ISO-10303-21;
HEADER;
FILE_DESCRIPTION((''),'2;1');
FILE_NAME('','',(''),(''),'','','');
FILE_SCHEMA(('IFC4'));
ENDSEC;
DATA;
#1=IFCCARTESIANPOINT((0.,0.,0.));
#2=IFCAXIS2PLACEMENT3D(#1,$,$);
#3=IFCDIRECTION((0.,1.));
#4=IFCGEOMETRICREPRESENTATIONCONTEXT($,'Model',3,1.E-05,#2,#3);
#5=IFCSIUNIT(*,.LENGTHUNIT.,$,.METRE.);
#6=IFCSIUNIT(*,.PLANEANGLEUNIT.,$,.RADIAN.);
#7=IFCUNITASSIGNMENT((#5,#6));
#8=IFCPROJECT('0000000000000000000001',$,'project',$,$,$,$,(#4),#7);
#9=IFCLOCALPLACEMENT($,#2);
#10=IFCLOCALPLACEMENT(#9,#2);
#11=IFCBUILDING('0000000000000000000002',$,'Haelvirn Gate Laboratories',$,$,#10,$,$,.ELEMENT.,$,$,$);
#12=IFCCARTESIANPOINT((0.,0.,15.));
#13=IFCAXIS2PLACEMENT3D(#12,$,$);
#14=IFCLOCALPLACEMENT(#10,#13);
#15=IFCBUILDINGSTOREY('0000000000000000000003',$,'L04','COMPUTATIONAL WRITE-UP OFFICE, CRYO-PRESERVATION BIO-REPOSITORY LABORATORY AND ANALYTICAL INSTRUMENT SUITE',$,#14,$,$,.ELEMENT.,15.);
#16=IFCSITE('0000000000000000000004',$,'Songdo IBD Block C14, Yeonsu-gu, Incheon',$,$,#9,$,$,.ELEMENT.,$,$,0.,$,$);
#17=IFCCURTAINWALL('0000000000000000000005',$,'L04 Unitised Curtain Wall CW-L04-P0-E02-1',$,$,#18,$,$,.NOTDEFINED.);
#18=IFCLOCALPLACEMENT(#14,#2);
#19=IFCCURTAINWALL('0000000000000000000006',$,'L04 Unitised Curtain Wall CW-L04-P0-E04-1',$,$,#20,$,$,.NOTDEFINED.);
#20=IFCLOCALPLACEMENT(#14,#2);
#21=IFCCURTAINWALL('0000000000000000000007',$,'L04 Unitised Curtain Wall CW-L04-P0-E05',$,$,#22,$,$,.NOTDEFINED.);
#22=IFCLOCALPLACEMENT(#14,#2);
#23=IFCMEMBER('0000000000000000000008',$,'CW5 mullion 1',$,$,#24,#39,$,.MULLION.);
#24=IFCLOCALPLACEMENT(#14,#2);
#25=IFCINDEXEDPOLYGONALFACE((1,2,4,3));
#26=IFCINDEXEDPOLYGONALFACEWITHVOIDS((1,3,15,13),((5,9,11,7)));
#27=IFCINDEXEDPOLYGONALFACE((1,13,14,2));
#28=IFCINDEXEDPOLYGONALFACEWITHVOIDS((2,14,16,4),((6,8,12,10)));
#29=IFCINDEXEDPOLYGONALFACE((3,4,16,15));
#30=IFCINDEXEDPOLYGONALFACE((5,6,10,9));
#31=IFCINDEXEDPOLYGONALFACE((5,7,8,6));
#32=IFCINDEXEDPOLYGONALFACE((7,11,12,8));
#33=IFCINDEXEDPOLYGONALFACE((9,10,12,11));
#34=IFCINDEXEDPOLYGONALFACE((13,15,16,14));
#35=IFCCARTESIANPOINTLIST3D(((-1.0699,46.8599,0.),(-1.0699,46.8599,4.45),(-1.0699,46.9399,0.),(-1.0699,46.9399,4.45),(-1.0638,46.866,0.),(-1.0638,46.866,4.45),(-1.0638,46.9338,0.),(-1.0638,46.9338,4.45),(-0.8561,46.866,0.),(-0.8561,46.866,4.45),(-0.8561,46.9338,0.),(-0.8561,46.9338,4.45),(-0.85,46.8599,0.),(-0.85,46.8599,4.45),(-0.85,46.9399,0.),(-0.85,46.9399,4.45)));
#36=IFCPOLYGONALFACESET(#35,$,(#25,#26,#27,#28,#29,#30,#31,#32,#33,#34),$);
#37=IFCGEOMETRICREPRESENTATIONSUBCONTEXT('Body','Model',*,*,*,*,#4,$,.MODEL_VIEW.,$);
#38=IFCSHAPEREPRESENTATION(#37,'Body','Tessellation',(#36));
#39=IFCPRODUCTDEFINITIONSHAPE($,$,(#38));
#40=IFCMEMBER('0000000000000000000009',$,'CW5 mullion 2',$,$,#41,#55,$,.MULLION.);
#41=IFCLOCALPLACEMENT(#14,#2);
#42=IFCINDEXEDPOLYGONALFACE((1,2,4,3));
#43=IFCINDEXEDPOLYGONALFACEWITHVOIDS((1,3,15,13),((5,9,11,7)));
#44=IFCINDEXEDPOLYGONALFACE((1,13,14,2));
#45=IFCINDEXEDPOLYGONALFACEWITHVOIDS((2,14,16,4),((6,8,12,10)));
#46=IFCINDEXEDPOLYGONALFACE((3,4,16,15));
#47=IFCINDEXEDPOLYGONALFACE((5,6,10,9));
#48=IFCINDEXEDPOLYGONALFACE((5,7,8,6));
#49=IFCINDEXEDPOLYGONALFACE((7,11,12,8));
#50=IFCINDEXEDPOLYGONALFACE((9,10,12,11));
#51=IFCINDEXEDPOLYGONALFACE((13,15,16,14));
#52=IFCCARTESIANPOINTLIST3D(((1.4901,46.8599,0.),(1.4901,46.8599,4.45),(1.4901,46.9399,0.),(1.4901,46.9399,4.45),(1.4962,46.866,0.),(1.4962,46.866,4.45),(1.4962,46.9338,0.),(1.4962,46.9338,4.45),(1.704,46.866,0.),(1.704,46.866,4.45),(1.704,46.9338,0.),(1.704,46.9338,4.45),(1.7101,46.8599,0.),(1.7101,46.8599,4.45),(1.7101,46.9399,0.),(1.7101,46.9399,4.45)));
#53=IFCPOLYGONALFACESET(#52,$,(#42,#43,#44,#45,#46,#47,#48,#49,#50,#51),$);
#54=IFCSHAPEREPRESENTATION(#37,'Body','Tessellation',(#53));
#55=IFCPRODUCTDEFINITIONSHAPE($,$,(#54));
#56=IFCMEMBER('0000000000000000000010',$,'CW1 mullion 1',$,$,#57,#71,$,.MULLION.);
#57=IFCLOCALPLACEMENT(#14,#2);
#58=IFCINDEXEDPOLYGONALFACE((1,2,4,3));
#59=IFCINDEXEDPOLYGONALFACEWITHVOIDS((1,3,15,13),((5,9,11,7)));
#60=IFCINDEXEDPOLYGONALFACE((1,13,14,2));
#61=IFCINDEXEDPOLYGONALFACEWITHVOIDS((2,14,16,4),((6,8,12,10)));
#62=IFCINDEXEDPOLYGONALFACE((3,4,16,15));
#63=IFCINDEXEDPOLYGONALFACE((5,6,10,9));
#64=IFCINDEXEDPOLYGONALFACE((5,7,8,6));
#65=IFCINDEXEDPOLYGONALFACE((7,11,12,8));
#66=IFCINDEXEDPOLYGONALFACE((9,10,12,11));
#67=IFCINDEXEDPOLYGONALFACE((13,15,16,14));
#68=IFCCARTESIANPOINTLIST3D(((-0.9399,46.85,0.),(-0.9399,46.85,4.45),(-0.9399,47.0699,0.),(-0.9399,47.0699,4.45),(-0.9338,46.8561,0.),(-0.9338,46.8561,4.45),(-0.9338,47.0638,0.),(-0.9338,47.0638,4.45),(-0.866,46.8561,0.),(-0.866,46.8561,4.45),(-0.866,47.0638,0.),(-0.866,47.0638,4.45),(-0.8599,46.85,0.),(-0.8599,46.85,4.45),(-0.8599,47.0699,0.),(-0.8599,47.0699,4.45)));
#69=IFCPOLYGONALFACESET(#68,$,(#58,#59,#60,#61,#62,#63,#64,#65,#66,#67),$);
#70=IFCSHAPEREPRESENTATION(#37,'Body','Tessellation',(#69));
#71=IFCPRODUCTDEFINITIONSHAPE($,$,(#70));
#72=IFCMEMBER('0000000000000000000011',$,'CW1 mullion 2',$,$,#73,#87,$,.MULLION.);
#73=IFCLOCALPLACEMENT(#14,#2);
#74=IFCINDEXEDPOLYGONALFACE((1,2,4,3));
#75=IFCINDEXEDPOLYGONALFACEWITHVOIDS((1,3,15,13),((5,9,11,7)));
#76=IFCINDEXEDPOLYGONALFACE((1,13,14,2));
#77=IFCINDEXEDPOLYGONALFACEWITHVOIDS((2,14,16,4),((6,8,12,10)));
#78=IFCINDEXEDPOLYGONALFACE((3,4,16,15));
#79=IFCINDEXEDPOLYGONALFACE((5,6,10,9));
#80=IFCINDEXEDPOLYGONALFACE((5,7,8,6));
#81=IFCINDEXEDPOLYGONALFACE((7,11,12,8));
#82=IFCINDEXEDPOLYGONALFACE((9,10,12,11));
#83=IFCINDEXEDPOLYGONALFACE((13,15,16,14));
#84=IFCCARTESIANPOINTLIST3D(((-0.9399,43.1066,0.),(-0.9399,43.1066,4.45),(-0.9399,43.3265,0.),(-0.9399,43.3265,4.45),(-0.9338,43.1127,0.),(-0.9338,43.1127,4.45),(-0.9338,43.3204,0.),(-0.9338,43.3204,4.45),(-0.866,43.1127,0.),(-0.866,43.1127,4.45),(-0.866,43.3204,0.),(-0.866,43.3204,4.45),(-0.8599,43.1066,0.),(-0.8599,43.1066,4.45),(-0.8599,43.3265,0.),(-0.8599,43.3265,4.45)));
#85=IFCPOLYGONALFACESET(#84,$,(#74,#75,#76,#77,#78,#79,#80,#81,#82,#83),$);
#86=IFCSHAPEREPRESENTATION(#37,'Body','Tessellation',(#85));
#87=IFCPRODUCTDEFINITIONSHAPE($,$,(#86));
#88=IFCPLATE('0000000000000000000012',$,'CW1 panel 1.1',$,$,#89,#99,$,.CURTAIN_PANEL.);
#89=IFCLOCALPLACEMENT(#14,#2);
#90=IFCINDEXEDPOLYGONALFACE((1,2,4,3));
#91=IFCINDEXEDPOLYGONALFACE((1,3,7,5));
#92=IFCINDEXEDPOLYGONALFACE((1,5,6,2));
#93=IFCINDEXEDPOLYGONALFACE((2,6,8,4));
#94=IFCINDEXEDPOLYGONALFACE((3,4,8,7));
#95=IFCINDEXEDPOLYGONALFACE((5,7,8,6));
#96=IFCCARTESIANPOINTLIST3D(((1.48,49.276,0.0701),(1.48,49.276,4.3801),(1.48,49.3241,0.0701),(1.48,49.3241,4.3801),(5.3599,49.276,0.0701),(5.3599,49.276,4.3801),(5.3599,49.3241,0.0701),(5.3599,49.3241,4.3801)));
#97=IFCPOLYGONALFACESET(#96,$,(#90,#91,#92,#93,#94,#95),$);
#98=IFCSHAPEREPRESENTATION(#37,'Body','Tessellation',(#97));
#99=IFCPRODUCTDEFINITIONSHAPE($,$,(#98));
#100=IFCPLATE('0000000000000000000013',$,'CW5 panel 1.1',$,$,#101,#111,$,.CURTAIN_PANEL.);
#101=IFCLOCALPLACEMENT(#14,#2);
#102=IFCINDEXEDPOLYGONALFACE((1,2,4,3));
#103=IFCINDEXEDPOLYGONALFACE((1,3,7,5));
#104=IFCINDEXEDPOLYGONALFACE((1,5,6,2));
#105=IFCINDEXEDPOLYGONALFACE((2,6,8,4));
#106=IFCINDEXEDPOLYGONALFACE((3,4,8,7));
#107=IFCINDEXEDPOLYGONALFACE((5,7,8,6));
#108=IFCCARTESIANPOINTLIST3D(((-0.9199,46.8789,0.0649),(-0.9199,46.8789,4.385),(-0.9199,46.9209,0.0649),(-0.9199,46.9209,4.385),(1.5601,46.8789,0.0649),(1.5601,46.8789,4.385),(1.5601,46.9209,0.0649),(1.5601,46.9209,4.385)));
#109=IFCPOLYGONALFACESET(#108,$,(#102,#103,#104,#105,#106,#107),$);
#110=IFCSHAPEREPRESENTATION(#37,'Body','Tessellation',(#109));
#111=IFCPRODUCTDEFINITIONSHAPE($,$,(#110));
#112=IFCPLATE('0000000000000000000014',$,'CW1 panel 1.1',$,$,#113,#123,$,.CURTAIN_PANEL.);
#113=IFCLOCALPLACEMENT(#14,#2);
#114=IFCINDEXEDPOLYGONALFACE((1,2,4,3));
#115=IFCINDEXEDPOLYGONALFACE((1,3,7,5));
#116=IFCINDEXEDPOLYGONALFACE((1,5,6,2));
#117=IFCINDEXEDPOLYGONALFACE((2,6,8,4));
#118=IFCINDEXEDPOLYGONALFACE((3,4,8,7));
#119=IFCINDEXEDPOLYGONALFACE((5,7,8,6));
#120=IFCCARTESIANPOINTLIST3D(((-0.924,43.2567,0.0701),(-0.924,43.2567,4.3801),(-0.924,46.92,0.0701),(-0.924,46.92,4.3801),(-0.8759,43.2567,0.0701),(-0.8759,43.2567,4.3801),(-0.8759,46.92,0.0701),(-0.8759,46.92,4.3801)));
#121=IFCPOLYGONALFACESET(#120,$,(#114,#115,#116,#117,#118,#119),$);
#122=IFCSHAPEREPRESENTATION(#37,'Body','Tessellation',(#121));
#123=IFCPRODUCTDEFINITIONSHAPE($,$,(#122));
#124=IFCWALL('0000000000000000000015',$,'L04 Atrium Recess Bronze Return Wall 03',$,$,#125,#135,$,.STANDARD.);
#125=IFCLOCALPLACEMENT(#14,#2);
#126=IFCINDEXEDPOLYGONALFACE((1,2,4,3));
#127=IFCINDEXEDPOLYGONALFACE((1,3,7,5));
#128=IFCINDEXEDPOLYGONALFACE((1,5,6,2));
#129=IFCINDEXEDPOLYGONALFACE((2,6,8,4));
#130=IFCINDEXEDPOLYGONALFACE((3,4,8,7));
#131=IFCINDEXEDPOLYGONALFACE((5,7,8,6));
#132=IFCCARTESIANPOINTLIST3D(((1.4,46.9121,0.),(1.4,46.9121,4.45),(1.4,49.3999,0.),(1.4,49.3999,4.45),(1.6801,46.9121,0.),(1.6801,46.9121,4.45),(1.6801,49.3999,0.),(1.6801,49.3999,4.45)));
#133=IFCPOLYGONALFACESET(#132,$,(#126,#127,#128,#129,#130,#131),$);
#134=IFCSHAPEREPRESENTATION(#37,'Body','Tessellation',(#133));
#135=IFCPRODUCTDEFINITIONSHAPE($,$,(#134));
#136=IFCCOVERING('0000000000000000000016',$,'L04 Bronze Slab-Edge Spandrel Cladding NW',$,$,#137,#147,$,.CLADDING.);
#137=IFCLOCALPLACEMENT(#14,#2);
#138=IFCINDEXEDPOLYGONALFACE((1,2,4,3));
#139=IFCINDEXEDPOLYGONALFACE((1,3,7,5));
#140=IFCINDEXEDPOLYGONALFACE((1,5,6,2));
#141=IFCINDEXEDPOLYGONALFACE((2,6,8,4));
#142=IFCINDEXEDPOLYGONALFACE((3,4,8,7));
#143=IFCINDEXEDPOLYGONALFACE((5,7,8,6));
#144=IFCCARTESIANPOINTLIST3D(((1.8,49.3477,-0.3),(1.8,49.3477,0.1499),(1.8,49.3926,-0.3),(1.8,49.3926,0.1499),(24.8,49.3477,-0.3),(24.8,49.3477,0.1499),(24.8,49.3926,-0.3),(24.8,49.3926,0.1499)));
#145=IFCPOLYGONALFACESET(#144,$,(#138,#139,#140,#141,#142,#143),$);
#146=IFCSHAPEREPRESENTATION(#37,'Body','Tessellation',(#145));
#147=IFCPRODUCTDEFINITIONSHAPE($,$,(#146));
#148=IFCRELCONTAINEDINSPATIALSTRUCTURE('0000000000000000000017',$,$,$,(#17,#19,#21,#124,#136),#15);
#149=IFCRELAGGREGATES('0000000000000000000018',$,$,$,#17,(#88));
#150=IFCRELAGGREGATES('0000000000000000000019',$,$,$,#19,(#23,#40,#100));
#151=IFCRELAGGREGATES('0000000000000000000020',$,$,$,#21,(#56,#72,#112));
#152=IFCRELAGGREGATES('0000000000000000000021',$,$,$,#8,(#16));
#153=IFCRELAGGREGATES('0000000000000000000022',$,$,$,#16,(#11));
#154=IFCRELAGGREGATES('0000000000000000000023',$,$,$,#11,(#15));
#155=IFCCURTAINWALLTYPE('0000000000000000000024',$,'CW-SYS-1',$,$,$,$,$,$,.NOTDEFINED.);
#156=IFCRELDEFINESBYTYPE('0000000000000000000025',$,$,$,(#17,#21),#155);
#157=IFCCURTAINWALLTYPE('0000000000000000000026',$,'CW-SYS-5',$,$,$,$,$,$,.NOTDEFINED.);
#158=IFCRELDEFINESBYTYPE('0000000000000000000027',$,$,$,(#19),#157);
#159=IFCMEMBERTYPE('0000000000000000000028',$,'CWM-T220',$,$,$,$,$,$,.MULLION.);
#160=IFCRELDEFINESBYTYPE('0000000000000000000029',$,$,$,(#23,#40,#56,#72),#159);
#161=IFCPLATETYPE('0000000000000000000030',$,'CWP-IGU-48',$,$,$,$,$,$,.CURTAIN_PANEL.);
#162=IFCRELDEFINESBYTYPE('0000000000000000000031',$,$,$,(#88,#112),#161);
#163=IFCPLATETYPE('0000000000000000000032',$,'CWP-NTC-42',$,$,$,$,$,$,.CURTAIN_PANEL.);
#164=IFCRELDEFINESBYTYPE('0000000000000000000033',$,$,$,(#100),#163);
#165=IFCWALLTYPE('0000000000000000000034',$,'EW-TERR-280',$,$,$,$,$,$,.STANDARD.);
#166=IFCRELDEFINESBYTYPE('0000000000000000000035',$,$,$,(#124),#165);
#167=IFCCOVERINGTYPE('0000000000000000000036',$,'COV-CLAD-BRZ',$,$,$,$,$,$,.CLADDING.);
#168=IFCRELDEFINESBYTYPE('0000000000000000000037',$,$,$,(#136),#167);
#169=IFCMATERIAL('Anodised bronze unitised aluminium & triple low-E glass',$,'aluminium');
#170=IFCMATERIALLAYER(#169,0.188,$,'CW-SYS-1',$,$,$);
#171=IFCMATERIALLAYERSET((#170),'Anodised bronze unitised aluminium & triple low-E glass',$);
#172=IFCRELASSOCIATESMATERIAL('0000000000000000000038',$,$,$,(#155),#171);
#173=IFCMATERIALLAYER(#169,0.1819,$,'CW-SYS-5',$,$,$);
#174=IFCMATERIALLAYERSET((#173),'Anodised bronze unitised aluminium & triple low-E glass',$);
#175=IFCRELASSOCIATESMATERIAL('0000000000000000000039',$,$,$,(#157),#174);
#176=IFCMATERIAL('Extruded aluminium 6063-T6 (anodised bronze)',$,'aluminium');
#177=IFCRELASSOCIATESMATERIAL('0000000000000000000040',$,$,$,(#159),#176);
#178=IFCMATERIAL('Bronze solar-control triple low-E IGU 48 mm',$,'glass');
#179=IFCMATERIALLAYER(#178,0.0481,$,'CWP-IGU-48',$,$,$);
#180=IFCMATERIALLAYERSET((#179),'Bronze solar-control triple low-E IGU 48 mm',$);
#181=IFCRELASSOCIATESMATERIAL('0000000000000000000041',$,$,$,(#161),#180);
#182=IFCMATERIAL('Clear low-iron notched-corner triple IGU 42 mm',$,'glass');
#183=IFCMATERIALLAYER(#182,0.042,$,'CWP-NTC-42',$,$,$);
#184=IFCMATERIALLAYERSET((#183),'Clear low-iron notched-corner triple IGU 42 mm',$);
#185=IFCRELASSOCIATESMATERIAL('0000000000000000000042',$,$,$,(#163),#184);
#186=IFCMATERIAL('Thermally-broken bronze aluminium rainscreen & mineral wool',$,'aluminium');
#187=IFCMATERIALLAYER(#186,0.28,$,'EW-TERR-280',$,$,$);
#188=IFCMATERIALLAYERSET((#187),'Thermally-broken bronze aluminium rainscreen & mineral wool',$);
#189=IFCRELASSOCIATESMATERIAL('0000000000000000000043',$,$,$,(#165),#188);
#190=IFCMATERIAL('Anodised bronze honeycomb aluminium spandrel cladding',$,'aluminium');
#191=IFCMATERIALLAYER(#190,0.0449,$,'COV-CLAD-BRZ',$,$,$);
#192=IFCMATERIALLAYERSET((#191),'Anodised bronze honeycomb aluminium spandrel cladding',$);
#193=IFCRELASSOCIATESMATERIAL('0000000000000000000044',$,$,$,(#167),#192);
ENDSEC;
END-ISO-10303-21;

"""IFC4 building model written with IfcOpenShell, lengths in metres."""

from ifc_helpers import new_model, si_unit, direction, frame, frame_2d, origin, origin_2d, place, context, subcontext, project, spatial, rectangle, hollow_rectangle, extrude, source, transform, mapped, material, layer, layer_set, material_profile, profile_set, type_object, type_shapes, element, aggregate, save


model = new_model("IFC4")

# Units and contexts
model_context = context("Model", 3, precision=1e-05, world=origin(), true_north=direction((0.0, 1.0)))
body_context = subcontext(model_context, "Body", "Model", "MODEL_VIEW")
ifc_project = project(units=[si_unit("LENGTHUNIT", "METRE"), si_unit("PLANEANGLEUNIT", "RADIAN")], contexts=[model_context])

# Site, building, storey
site_placement = place(None, origin())
site = spatial("IfcSite", under=ifc_project, at=site_placement, Name="Songdo IBD Block C14, Yeonsu-gu, Incheon", CompositionType="ELEMENT", RefElevation=0.0)
building_placement = place(site_placement, origin())
building = spatial("IfcBuilding", under=site, at=building_placement, Name="Haelvirn Gate Laboratories", CompositionType="ELEMENT")
storey_placement = place(building_placement, frame((0.0, 0.0, 15.0)))
storey = spatial("IfcBuildingStorey", under=building, at=storey_placement, Name="L04", Description="COMPUTATIONAL WRITE-UP OFFICE, CRYO-PRESERVATION BIO-REPOSITORY LABORATORY AND ANALYTICAL INSTRUMENT SUITE", CompositionType="ELEMENT", Elevation=15.0)

# Curtain walls
ifc_material_1 = material(Name="Anodised bronze unitised aluminium & triple low-E glass", Category="aluminium")
ifc_layer_1 = layer(ifc_material_1, 0.188, Name="CW-SYS-1")
ifc_layer_set_1 = layer_set([ifc_layer_1], Name="Anodised bronze unitised aluminium & triple low-E glass")
curtain_wall_type_1 = type_object("IfcCurtainWallType", Name="CW-SYS-1", PredefinedType="NOTDEFINED", material=ifc_layer_set_1)
curtain_wall_1_placement = place(storey_placement, origin())
curtain_wall_1 = element("IfcCurtainWall", 1, at=curtain_wall_1_placement, inside=storey, type_object=curtain_wall_type_1, Name="L04 Unitised Curtain Wall CW-L04-P0-E02-1", PredefinedType="NOTDEFINED")
ifc_material_2 = material(Name="Extruded aluminium 6063-T6 (anodised bronze)", Category="aluminium")
ifc_layer_2 = layer(ifc_material_1, 0.1819, Name="CW-SYS-5")
ifc_layer_set_2 = layer_set([ifc_layer_2], Name="Anodised bronze unitised aluminium & triple low-E glass")
curtain_wall_type_2 = type_object("IfcCurtainWallType", Name="CW-SYS-5", PredefinedType="NOTDEFINED", material=ifc_layer_set_2)
curtain_wall_2_placement = place(storey_placement, origin())
curtain_wall_2 = element("IfcCurtainWall", 2, at=curtain_wall_2_placement, inside=storey, type_object=curtain_wall_type_2, Name="L04 Unitised Curtain Wall CW-L04-P0-E04-1", PredefinedType="NOTDEFINED")
curtain_wall_3_placement = place(storey_placement, origin())
curtain_wall_3 = element("IfcCurtainWall", 3, at=curtain_wall_3_placement, inside=storey, type_object=curtain_wall_type_1, Name="L04 Unitised Curtain Wall CW-L04-P0-E05", PredefinedType="NOTDEFINED")

# Members
ifc_material_profile_1 = material_profile(ifc_material_2, hollow_rectangle(XDim=0.0801, YDim=0.22, WallThickness=0.0061, at=origin_2d()), Name="CWM-220x80x6")
ifc_profile_set_1 = profile_set([ifc_material_profile_1], Name="Extruded aluminium 6063-T6 (anodised bronze)")
member_type_1 = type_object("IfcMemberType", Name="CWM-T220", PredefinedType="MULLION", material=ifc_profile_set_1)
shared_shape_1 = source(origin(), body_context, "Body", "SweptSolid", [
    extrude(hollow_rectangle(XDim=0.0801, YDim=0.22, WallThickness=0.0061, at=origin_2d()), origin(), (0.0, 0.0, 1.0), 4.45),
])
type_shapes(member_type_1, [shared_shape_1])
member_1_placement = place(storey_placement, frame((-0.96, 46.8999, 0.0), z_axis=(0.0, 0.0, 1.0), x_axis=(0.0, 1.0, 0.0)))
member_1 = element("IfcMember", 4, at=member_1_placement, type_object=member_type_1, Name="CW5 mullion 1", PredefinedType="MULLION", context=body_context, shape_type="MappedRepresentation", body=[
    mapped(shared_shape_1, transform((0.0, 0.0, 0.0), scale=1.0)),
])
member_2_placement = place(storey_placement, frame((1.6001, 46.8999, 0.0), z_axis=(0.0, 0.0, 1.0), x_axis=(0.0, 1.0, 0.0)))
member_2 = element("IfcMember", 5, at=member_2_placement, type_object=member_type_1, Name="CW5 mullion 2", PredefinedType="MULLION", context=body_context, shape_type="MappedRepresentation", body=[
    mapped(shared_shape_1, transform((0.0, 0.0, 0.0), scale=1.0)),
])
member_3_placement = place(storey_placement, frame((-0.8999, 46.96, 0.0), z_axis=(0.0, 0.0, 1.0), x_axis=(1.0, 0.0, 0.0)))
member_3 = element("IfcMember", 6, at=member_3_placement, type_object=member_type_1, Name="CW1 mullion 1", PredefinedType="MULLION", context=body_context, shape_type="MappedRepresentation", body=[
    mapped(shared_shape_1, transform((0.0, 0.0, 0.0), scale=1.0)),
])
member_4_placement = place(storey_placement, frame((-0.8999, 43.2166, 0.0), z_axis=(0.0, 0.0, 1.0), x_axis=(1.0, 0.0, 0.0)))
member_4 = element("IfcMember", 7, at=member_4_placement, type_object=member_type_1, Name="CW1 mullion 2", PredefinedType="MULLION", context=body_context, shape_type="MappedRepresentation", body=[
    mapped(shared_shape_1, transform((0.0, 0.0, 0.0), scale=1.0)),
])

# Plates
ifc_material_3 = material(Name="Bronze solar-control triple low-E IGU 48 mm", Category="glass")
ifc_layer_3 = layer(ifc_material_3, 0.0481, Name="CWP-IGU-48")
ifc_layer_set_3 = layer_set([ifc_layer_3], Name="Bronze solar-control triple low-E IGU 48 mm")
plate_type_1 = type_object("IfcPlateType", Name="CWP-IGU-48", PredefinedType="CURTAIN_PANEL", material=ifc_layer_set_3)
shared_shape_2 = source(origin(), body_context, "Body", "SweptSolid", [
    extrude(rectangle(XDim=3.8799, YDim=0.0481, at=origin_2d()), origin(), (0.0, 0.0, 1.0), 4.3101),
])
plate_1_placement = place(storey_placement, frame((3.4199, 49.3, 0.0701), z_axis=(0.0, 0.0, 1.0), x_axis=(1.0, 0.0, 0.0)))
plate_1 = element("IfcPlate", 8, at=plate_1_placement, type_object=plate_type_1, Name="CW1 panel 1.1", PredefinedType="CURTAIN_PANEL", context=body_context, shape_type="MappedRepresentation", body=[
    mapped(shared_shape_2, transform((0.0, 0.0, 0.0), scale=1.0)),
])
aggregate(curtain_wall_1, [plate_1])
ifc_material_4 = material(Name="Clear low-iron notched-corner triple IGU 42 mm", Category="glass")
ifc_layer_4 = layer(ifc_material_4, 0.042, Name="CWP-NTC-42")
ifc_layer_set_4 = layer_set([ifc_layer_4], Name="Clear low-iron notched-corner triple IGU 42 mm")
plate_type_2 = type_object("IfcPlateType", Name="CWP-NTC-42", PredefinedType="CURTAIN_PANEL", material=ifc_layer_set_4)
shared_shape_3 = source(origin(), body_context, "Body", "SweptSolid", [
    extrude(rectangle(XDim=2.48, YDim=0.042, at=origin_2d()), origin(), (0.0, 0.0, 1.0), 4.3201),
])
type_shapes(plate_type_2, [shared_shape_3])
plate_2_placement = place(storey_placement, frame((0.3201, 46.8999, 0.0649), z_axis=(0.0, 0.0, 1.0), x_axis=(1.0, 0.0, 0.0)))
plate_2 = element("IfcPlate", 9, at=plate_2_placement, type_object=plate_type_2, Name="CW5 panel 1.1", PredefinedType="CURTAIN_PANEL", context=body_context, shape_type="MappedRepresentation", body=[
    mapped(shared_shape_3, transform((0.0, 0.0, 0.0), scale=1.0)),
])
aggregate(curtain_wall_2, [member_1, member_2, plate_2])
shared_shape_4 = source(origin(), body_context, "Body", "SweptSolid", [
    extrude(rectangle(XDim=3.6633, YDim=0.0481, at=origin_2d()), origin(), (0.0, 0.0, 1.0), 4.3101),
])
type_shapes(plate_type_1, [shared_shape_2, shared_shape_4])
plate_3_placement = place(storey_placement, frame((-0.8999, 45.0884, 0.0701), z_axis=(0.0, 0.0, 1.0), x_axis=(0.0, -1.0, 0.0)))
plate_3 = element("IfcPlate", 10, at=plate_3_placement, type_object=plate_type_1, Name="CW1 panel 1.1", PredefinedType="CURTAIN_PANEL", context=body_context, shape_type="MappedRepresentation", body=[
    mapped(shared_shape_4, transform((0.0, 0.0, 0.0), scale=1.0)),
])
aggregate(curtain_wall_3, [member_3, member_4, plate_3])

# Wall
ifc_material_5 = material(Name="Thermally-broken bronze aluminium rainscreen & mineral wool", Category="aluminium")
ifc_layer_5 = layer(ifc_material_5, 0.28, Name="EW-TERR-280")
ifc_layer_set_5 = layer_set([ifc_layer_5], Name="Thermally-broken bronze aluminium rainscreen & mineral wool")
wall_type = type_object("IfcWallType", Name="EW-TERR-280", PredefinedType="STANDARD", material=ifc_layer_set_5)
wall_placement = place(storey_placement, frame((1.54, 49.3999, 0.0), z_axis=(0.0, 0.0, 1.0), x_axis=(0.0, -1.0, 0.0)))
element("IfcWall", 11, at=wall_placement, inside=storey, type_object=wall_type, Name="L04 Atrium Recess Bronze Return Wall 03", PredefinedType="STANDARD", context=body_context, shape_type="SweptSolid", body=[
    extrude(rectangle(XDim=2.4878, YDim=0.28, at=frame_2d((1.2439, 0.0))), origin(), (0.0, 0.0, 1.0), 4.45),
])

# Covering
ifc_material_6 = material(Name="Anodised bronze honeycomb aluminium spandrel cladding", Category="aluminium")
ifc_layer_6 = layer(ifc_material_6, 0.0449, Name="COV-CLAD-BRZ")
ifc_layer_set_6 = layer_set([ifc_layer_6], Name="Anodised bronze honeycomb aluminium spandrel cladding")
covering_type = type_object("IfcCoveringType", Name="COV-CLAD-BRZ", PredefinedType="CLADDING", material=ifc_layer_set_6)
covering_placement = place(storey_placement, frame((1.8, 49.3701, -0.3), z_axis=(0.0, 0.0, 1.0), x_axis=(1.0, 0.0, 0.0)))
element("IfcCovering", 12, at=covering_placement, inside=storey, type_object=covering_type, Name="L04 Bronze Slab-Edge Spandrel Cladding NW", PredefinedType="CLADDING", context=body_context, shape_type="SweptSolid", body=[
    extrude(rectangle(XDim=23.0, YDim=0.0449, at=frame_2d((11.5, 0.0))), origin(), (0.0, 0.0, 1.0), 0.45),
])

save(model, "model.ifc")
